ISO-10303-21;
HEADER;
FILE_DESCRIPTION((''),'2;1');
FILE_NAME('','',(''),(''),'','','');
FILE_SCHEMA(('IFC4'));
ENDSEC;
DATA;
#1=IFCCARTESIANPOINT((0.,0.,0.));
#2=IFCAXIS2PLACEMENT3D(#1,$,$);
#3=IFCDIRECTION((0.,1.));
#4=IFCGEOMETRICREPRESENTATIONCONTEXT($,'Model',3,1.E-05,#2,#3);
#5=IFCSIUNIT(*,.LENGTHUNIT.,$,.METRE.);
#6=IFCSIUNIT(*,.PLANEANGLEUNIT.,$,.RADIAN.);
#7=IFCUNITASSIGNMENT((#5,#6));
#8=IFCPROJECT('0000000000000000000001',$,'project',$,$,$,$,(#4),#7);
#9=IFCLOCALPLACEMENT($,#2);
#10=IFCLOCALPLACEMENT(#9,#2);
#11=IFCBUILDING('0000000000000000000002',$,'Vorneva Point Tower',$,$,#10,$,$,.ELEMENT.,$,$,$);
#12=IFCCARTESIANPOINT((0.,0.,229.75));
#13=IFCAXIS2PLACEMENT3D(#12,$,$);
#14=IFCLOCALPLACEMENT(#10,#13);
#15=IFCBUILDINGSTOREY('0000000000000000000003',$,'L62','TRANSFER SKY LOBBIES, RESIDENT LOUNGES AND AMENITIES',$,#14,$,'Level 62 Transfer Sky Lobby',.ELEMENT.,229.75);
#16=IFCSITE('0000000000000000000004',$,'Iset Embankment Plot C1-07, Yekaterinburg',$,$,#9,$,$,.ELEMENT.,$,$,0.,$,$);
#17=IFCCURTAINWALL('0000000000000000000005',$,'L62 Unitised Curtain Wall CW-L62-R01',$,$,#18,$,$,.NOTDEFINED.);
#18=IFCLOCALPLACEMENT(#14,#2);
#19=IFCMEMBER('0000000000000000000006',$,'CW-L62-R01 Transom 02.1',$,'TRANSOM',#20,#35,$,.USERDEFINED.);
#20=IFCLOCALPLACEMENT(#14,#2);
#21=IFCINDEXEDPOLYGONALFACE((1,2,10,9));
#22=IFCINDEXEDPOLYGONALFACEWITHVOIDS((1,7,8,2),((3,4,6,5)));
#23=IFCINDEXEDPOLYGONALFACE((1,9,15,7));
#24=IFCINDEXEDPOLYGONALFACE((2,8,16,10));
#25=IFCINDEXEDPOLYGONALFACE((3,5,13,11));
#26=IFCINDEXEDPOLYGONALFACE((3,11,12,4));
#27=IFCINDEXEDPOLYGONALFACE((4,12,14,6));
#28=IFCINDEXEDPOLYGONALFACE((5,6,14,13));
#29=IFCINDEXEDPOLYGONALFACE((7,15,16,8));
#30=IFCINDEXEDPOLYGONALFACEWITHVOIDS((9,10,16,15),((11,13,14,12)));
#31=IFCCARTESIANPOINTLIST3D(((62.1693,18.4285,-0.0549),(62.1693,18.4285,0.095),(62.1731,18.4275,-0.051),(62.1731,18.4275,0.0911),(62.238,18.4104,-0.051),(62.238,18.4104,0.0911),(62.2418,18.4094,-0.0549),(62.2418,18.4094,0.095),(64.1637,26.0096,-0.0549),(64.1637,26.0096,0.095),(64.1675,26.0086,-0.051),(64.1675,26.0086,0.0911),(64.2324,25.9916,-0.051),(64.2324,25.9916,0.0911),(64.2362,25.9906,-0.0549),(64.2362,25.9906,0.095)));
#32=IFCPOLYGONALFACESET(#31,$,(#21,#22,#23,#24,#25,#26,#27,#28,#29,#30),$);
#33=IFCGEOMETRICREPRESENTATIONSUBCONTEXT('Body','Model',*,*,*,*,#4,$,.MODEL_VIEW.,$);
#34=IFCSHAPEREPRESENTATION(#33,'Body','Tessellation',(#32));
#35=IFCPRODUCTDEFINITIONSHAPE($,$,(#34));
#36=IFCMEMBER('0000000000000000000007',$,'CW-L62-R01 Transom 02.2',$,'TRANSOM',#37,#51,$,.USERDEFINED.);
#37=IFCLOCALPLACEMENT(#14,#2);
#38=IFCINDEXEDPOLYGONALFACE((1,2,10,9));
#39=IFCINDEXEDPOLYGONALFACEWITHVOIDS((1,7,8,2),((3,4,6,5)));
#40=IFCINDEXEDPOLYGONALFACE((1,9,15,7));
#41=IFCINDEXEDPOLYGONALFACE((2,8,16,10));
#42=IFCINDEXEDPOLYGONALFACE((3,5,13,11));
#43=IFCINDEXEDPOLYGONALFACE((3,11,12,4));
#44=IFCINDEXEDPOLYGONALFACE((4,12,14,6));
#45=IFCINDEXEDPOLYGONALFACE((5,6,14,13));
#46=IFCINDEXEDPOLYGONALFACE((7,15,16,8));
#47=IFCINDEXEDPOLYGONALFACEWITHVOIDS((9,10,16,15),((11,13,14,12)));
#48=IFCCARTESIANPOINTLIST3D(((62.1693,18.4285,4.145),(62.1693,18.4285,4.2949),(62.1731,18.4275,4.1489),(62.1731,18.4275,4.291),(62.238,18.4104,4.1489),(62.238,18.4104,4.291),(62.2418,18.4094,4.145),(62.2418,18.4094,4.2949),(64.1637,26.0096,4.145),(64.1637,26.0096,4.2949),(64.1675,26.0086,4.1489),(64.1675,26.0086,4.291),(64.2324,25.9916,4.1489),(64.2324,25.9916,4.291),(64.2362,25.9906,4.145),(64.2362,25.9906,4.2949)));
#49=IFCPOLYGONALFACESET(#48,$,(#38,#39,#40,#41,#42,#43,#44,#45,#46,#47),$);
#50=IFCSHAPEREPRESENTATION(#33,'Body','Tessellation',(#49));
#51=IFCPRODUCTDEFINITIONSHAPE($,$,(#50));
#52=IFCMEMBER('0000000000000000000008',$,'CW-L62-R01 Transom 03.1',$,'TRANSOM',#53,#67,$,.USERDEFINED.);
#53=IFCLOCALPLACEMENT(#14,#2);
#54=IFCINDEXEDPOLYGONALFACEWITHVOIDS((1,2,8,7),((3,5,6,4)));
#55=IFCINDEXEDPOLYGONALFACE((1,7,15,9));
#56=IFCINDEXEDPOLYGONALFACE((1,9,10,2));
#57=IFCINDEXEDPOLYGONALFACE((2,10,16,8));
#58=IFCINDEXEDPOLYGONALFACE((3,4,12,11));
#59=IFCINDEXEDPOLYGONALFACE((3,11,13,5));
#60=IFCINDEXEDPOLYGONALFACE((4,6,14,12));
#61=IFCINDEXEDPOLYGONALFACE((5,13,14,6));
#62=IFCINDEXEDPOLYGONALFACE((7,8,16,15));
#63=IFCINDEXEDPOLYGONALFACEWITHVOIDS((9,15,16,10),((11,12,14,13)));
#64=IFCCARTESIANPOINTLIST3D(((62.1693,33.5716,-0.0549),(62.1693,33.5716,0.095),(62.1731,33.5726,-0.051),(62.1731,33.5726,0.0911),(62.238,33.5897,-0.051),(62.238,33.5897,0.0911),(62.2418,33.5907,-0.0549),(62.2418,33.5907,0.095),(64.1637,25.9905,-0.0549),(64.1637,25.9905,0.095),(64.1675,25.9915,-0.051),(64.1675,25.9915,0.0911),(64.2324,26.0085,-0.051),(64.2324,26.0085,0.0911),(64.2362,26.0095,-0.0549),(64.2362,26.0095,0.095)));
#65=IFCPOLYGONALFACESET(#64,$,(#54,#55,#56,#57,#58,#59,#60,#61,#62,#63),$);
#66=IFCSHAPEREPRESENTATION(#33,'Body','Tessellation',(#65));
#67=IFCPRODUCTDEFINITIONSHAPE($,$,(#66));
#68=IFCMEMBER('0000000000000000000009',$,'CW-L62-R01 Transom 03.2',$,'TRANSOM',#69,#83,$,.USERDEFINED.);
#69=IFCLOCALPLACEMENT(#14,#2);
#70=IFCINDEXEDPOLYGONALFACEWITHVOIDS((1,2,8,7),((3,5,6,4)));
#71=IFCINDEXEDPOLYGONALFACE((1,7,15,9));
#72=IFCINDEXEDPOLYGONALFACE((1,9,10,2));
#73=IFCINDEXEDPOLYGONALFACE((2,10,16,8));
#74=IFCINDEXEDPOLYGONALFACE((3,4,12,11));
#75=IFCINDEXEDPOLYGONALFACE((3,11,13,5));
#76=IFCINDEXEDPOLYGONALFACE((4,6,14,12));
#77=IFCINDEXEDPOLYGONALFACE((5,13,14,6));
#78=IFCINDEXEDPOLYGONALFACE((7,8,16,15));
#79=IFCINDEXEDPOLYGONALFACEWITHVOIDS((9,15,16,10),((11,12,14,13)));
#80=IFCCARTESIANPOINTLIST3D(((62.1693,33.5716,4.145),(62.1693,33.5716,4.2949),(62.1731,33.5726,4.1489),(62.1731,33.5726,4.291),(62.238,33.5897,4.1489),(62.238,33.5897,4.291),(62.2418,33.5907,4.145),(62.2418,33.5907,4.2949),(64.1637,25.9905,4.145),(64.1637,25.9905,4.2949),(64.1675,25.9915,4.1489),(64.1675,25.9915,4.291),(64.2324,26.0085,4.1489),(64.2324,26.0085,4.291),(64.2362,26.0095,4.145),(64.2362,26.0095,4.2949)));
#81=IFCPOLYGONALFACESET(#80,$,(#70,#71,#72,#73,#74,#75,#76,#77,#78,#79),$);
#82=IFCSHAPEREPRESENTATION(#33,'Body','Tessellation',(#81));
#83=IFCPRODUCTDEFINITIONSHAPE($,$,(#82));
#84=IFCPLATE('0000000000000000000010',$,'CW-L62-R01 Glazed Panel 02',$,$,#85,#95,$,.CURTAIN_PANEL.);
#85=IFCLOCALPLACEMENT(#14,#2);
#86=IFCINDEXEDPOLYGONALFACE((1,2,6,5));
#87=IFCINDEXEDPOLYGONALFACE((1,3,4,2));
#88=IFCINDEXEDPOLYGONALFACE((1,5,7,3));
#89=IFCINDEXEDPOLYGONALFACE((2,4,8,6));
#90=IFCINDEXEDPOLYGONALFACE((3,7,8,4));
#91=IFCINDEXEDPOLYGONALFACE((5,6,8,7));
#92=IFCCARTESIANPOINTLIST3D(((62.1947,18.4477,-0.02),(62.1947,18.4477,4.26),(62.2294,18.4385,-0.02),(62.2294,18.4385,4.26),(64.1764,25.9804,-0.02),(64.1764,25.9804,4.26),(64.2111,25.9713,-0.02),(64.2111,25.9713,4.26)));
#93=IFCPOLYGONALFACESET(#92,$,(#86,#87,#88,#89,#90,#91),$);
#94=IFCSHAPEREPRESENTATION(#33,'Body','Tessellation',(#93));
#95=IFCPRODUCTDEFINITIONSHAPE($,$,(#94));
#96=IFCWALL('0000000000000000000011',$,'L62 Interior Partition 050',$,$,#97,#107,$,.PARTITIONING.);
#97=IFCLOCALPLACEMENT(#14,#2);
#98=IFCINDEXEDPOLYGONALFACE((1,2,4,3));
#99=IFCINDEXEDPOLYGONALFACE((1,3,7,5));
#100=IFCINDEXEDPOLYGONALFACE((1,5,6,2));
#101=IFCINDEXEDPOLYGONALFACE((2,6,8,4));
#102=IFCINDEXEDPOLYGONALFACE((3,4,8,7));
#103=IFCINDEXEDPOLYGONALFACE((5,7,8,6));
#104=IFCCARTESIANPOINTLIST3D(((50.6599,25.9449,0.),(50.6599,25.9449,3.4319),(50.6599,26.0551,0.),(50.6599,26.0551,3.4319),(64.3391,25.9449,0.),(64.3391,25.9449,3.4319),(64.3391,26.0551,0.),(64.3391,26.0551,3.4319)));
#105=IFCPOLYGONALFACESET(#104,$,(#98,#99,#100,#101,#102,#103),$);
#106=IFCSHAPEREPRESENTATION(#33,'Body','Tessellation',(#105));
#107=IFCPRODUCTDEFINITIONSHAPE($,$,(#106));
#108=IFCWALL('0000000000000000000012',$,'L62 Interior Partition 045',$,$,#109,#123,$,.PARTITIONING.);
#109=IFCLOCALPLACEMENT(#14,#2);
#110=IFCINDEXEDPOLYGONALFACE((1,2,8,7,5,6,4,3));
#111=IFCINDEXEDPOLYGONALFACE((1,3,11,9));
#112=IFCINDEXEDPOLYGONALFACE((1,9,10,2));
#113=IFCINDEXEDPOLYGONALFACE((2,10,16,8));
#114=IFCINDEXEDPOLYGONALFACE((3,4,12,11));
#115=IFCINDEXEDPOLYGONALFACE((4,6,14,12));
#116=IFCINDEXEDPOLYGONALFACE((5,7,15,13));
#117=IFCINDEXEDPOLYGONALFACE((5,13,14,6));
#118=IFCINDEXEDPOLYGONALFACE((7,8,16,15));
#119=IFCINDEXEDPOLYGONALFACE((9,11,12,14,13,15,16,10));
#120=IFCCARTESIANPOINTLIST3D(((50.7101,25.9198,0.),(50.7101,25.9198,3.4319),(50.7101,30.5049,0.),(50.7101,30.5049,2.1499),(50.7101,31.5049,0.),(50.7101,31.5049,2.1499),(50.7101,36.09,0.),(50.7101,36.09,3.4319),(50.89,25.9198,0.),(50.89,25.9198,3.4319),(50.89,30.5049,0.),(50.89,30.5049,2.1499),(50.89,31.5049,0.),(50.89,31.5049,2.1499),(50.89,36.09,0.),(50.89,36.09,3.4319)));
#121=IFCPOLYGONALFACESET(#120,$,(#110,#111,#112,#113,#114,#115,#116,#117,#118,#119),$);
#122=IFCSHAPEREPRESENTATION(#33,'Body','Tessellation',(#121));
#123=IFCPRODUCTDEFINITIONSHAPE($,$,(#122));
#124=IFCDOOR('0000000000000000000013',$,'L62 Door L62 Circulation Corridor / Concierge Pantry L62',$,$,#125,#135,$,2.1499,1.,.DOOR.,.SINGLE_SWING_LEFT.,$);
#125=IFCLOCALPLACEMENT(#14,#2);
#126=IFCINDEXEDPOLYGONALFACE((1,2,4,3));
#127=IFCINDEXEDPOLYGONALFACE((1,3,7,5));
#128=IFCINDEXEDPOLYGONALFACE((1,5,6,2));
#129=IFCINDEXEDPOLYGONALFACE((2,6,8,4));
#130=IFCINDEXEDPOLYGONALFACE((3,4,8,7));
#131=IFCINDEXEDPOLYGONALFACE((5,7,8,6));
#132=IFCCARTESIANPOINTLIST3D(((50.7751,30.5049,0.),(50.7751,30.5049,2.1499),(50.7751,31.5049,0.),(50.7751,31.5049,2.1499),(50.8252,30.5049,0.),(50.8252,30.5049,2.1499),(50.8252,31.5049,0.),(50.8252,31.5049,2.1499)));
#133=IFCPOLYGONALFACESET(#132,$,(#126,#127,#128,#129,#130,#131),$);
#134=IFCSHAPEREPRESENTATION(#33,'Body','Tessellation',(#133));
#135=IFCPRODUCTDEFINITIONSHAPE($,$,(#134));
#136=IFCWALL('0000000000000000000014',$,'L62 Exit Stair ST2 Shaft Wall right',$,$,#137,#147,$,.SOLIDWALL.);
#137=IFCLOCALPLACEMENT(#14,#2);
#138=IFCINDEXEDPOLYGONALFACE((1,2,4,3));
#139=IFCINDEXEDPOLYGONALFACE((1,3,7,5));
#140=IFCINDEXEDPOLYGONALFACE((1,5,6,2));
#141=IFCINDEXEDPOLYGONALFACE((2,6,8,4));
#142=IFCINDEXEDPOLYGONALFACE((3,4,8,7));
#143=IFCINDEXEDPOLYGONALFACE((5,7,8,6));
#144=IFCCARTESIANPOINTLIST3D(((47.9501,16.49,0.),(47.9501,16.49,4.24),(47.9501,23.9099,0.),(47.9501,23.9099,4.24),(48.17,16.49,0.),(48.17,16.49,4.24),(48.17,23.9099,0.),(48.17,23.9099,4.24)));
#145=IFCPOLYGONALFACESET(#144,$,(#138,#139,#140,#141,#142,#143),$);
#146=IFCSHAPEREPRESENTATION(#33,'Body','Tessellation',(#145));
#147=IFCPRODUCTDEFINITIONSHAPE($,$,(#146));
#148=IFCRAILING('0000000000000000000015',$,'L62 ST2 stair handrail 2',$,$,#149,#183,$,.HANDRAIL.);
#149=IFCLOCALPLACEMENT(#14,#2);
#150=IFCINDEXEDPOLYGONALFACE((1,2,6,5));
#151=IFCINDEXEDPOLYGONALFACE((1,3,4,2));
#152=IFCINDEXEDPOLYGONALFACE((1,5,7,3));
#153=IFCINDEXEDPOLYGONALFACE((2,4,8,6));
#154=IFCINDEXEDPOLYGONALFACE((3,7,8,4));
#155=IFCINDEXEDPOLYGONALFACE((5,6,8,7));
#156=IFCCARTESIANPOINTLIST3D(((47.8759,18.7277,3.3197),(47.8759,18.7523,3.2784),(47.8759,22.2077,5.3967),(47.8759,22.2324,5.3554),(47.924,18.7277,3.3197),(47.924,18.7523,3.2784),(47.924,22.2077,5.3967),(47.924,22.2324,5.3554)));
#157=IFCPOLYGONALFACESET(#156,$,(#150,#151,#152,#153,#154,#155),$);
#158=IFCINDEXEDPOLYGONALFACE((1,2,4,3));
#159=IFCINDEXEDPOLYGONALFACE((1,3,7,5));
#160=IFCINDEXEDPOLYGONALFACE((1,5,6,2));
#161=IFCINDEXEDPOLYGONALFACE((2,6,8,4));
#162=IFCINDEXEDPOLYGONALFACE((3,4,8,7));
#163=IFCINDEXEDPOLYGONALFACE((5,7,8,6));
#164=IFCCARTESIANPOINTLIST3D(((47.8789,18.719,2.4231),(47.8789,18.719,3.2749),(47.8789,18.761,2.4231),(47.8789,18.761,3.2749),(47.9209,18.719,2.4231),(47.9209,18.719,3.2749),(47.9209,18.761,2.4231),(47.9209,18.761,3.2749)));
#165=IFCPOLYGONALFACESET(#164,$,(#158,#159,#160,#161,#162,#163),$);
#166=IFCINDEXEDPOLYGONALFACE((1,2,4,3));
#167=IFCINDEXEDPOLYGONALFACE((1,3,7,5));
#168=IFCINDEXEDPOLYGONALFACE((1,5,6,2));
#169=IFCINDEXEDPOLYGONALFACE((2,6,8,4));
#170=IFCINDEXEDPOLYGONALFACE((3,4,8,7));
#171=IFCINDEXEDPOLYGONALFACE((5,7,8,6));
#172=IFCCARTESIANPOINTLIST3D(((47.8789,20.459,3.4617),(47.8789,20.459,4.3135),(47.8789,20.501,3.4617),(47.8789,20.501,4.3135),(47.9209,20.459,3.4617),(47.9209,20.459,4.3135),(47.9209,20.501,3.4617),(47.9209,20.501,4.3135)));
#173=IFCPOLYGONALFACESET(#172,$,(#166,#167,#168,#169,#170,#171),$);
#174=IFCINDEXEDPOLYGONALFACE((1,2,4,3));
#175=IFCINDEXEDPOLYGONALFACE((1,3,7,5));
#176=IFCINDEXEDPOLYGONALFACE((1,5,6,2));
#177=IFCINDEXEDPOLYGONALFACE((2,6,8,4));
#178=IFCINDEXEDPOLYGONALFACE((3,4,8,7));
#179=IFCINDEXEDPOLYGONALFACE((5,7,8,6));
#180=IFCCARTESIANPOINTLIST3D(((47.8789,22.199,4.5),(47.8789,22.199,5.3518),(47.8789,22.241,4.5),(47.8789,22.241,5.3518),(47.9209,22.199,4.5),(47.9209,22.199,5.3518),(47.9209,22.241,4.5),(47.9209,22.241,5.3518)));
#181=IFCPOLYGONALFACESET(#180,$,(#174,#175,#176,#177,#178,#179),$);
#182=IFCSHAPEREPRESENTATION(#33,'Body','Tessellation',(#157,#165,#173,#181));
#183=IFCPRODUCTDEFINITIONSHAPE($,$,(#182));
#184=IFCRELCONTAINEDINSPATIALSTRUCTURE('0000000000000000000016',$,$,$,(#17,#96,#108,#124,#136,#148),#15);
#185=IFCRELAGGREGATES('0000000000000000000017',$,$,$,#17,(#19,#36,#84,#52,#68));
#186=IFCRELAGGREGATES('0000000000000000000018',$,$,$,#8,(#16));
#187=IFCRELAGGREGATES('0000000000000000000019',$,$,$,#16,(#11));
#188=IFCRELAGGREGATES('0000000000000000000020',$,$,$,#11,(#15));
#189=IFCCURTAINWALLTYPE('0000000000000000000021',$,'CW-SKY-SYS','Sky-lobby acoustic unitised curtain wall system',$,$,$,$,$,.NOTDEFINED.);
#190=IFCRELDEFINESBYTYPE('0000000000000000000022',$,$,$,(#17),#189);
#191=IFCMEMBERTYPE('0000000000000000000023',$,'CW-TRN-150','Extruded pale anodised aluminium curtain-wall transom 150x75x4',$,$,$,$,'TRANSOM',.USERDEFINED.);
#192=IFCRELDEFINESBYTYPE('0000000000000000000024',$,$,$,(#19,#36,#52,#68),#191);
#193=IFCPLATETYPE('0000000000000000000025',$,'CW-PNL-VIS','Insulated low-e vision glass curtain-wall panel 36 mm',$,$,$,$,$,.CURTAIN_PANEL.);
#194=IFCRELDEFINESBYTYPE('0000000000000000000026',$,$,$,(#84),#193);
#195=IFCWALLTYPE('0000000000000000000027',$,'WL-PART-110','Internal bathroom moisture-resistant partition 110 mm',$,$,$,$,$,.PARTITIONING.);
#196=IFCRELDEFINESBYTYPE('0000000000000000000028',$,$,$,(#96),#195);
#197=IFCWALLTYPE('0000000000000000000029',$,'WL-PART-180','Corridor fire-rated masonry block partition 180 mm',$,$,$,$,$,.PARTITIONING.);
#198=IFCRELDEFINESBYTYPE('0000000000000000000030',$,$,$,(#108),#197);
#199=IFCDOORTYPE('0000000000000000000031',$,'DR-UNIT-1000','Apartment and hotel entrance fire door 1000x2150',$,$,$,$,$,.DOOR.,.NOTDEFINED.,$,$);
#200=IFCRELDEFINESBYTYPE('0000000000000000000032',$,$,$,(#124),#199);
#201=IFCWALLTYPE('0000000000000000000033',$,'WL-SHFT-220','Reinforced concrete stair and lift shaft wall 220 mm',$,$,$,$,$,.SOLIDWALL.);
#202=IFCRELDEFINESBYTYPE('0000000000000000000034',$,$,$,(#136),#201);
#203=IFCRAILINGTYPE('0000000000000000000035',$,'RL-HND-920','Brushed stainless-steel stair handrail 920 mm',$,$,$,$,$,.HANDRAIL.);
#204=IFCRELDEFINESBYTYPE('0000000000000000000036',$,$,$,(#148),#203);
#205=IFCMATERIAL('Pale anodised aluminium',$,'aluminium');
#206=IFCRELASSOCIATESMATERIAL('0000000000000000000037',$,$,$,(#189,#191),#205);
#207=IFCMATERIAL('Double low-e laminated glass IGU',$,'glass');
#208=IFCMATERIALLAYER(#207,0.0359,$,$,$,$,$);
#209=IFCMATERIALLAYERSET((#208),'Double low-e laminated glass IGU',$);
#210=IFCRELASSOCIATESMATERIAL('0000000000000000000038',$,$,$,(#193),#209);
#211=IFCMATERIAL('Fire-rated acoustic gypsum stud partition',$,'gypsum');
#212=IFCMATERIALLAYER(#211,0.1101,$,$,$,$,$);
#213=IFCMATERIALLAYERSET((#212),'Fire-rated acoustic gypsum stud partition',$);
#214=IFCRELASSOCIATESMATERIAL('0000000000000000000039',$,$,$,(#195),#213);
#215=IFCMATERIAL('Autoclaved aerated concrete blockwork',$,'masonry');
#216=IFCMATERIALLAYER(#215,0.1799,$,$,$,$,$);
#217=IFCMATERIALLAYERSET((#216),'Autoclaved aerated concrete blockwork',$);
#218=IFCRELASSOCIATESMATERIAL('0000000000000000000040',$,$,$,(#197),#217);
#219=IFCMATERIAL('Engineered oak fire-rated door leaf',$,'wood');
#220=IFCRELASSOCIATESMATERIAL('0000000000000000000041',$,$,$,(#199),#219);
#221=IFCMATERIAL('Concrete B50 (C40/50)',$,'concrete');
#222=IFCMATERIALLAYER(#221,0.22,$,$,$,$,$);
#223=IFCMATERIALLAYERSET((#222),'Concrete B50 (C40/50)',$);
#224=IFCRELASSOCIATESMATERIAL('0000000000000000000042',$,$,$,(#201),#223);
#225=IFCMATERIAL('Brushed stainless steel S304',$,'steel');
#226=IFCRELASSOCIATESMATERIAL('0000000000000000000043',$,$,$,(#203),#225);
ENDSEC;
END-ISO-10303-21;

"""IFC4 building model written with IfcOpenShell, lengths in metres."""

from ifc_helpers import new_model, si_unit, direction, frame, frame_2d, origin, origin_2d, place, context, subcontext, project, spatial, rectangle, hollow_rectangle, extrude, material, layer, layer_set, material_profile, profile_set, type_object, element, fill, aggregate, save


model = new_model("IFC4")

# Units and contexts
model_context = context("Model", 3, precision=1e-05, world=origin(), true_north=direction((0.0, 1.0)))
body_context = subcontext(model_context, "Body", "Model", "MODEL_VIEW")
ifc_project = project(units=[si_unit("LENGTHUNIT", "METRE"), si_unit("PLANEANGLEUNIT", "RADIAN")], contexts=[model_context])

# Site, building, storey
site_placement = place(None, origin())
site = spatial("IfcSite", under=ifc_project, at=site_placement, Name="Iset Embankment Plot C1-07, Yekaterinburg", CompositionType="ELEMENT", RefElevation=0.0)
building_placement = place(site_placement, origin())
building = spatial("IfcBuilding", under=site, at=building_placement, Name="Vorneva Point Tower", CompositionType="ELEMENT")
storey_placement = place(building_placement, frame((0.0, 0.0, 229.75)))
storey = spatial("IfcBuildingStorey", under=building, at=storey_placement, Name="L62", Description="TRANSFER SKY LOBBIES, RESIDENT LOUNGES AND AMENITIES", LongName="Level 62 Transfer Sky Lobby", CompositionType="ELEMENT", Elevation=229.75)

# Shared definitions
ifc_material_1 = material(Name="Concrete B50 (C40/50)", Category="concrete")

# Curtain wall, members, plate
ifc_material_2 = material(Name="Pale anodised aluminium", Category="aluminium")
curtain_wall_type = type_object("IfcCurtainWallType", Name="CW-SKY-SYS", Description="Sky-lobby acoustic unitised curtain wall system", PredefinedType="NOTDEFINED", material=ifc_material_2)
curtain_wall_placement = place(storey_placement, origin())
curtain_wall = element("IfcCurtainWall", 1, at=curtain_wall_placement, inside=storey, type_object=curtain_wall_type, Name="L62 Unitised Curtain Wall CW-L62-R01", PredefinedType="NOTDEFINED")
ifc_material_profile_1 = material_profile(ifc_material_2, hollow_rectangle(XDim=0.075, YDim=0.1499, WallThickness=0.0039, at=origin_2d()), Name="AL-TRN 150x75x4")
ifc_profile_set_1 = profile_set([ifc_material_profile_1], Name="Pale anodised aluminium")
member_type_1 = type_object("IfcMemberType", Name="CW-TRN-150", Description="Extruded pale anodised aluminium curtain-wall transom 150x75x4", ElementType="TRANSOM", PredefinedType="USERDEFINED", material=ifc_profile_set_1)
member_1_placement = place(storey_placement, frame((62.2056, 18.4189, 0.02), z_axis=(0.254418, 0.967094, 0.0), x_axis=(-0.967094, 0.254418, 0.0)))
member_1 = element("IfcMember", 2, at=member_1_placement, type_object=member_type_1, Name="CW-L62-R01 Transom 02.1", ObjectType="TRANSOM", PredefinedType="USERDEFINED", context=body_context, shape_type="SweptSolid", body=[
    extrude(hollow_rectangle(XDim=0.075, YDim=0.1499, WallThickness=0.0039, at=origin_2d()), origin(), (0.0, 0.0, 1.0), 7.8391),
])
member_2_placement = place(storey_placement, frame((62.2056, 18.4189, 4.22), z_axis=(0.254418, 0.967094, 0.0), x_axis=(-0.967094, 0.254418, 0.0)))
member_2 = element("IfcMember", 3, at=member_2_placement, type_object=member_type_1, Name="CW-L62-R01 Transom 02.2", ObjectType="TRANSOM", PredefinedType="USERDEFINED", context=body_context, shape_type="SweptSolid", body=[
    extrude(hollow_rectangle(XDim=0.075, YDim=0.1499, WallThickness=0.0039, at=origin_2d()), origin(), (0.0, 0.0, 1.0), 7.8391),
])
member_3_placement = place(storey_placement, frame((64.2, 26.0, 0.02), z_axis=(-0.254418, 0.967094, 0.0), x_axis=(-0.967094, -0.254418, 0.0)))
member_3 = element("IfcMember", 4, at=member_3_placement, type_object=member_type_1, Name="CW-L62-R01 Transom 03.1", ObjectType="TRANSOM", PredefinedType="USERDEFINED", context=body_context, shape_type="SweptSolid", body=[
    extrude(hollow_rectangle(XDim=0.075, YDim=0.1499, WallThickness=0.0039, at=origin_2d()), origin(), (0.0, 0.0, 1.0), 7.8391),
])
member_4_placement = place(storey_placement, frame((64.2, 26.0, 4.22), z_axis=(-0.254418, 0.967094, 0.0), x_axis=(-0.967094, -0.254418, 0.0)))
member_4 = element("IfcMember", 5, at=member_4_placement, type_object=member_type_1, Name="CW-L62-R01 Transom 03.2", ObjectType="TRANSOM", PredefinedType="USERDEFINED", context=body_context, shape_type="SweptSolid", body=[
    extrude(hollow_rectangle(XDim=0.075, YDim=0.1499, WallThickness=0.0039, at=origin_2d()), origin(), (0.0, 0.0, 1.0), 7.8391),
])
ifc_material_3 = material(Name="Double low-e laminated glass IGU", Category="glass")
ifc_layer_1 = layer(ifc_material_3, 0.0359)
ifc_layer_set_1 = layer_set([ifc_layer_1], Name="Double low-e laminated glass IGU")
plate_type = type_object("IfcPlateType", Name="CW-PNL-VIS", Description="Insulated low-e vision glass curtain-wall panel 36 mm", PredefinedType="CURTAIN_PANEL", material=ifc_layer_set_1)
plate_placement = place(storey_placement, frame((63.2029, 22.2095, -0.02), z_axis=(0.0, 0.0, 1.0), x_axis=(0.254416, 0.967095, 0.0)))
plate = element("IfcPlate", 6, at=plate_placement, type_object=plate_type, Name="CW-L62-R01 Glazed Panel 02", PredefinedType="CURTAIN_PANEL", context=body_context, shape_type="SweptSolid", body=[
    extrude(rectangle(XDim=7.7891, YDim=0.0359, at=origin_2d()), origin(), (0.0, 0.0, 1.0), 4.28),
])
aggregate(curtain_wall, [member_1, member_2, plate, member_3, member_4])

# Wall
ifc_material_4 = material(Name="Fire-rated acoustic gypsum stud partition", Category="gypsum")
ifc_layer_2 = layer(ifc_material_4, 0.1101)
ifc_layer_set_2 = layer_set([ifc_layer_2], Name="Fire-rated acoustic gypsum stud partition")
wall_type_1 = type_object("IfcWallType", Name="WL-PART-110", Description="Internal bathroom moisture-resistant partition 110 mm", PredefinedType="PARTITIONING", material=ifc_layer_set_2)
wall_1_placement = place(storey_placement, frame((64.3391, 26.0, 0.0), z_axis=(0.0, 0.0, 1.0), x_axis=(-1.0, 0.0, 0.0)))
element("IfcWall", 7, at=wall_1_placement, inside=storey, type_object=wall_type_1, Name="L62 Interior Partition 050", PredefinedType="PARTITIONING", context=body_context, shape_type="SweptSolid", body=[
    extrude(rectangle(XDim=13.6792, YDim=0.1101, at=frame_2d((6.8396, 0.0))), origin(), (0.0, 0.0, 1.0), 3.4319),
])

# Wall, opening, door
ifc_material_5 = material(Name="Autoclaved aerated concrete blockwork", Category="masonry")
ifc_layer_3 = layer(ifc_material_5, 0.1799)
ifc_layer_set_3 = layer_set([ifc_layer_3], Name="Autoclaved aerated concrete blockwork")
wall_type_2 = type_object("IfcWallType", Name="WL-PART-180", Description="Corridor fire-rated masonry block partition 180 mm", PredefinedType="PARTITIONING", material=ifc_layer_set_3)
wall_2_placement = place(storey_placement, frame((50.8, 25.9199, 0.0), z_axis=(0.0, 0.0, 1.0), x_axis=(0.0, 1.0, 0.0)))
wall_2 = element("IfcWall", 8, at=wall_2_placement, inside=storey, type_object=wall_type_2, Name="L62 Interior Partition 045", PredefinedType="PARTITIONING", context=body_context, shape_type="SweptSolid", body=[
    extrude(rectangle(XDim=10.1702, YDim=0.1799, at=frame_2d((5.085, 0.0))), origin(), (0.0, 0.0, 1.0), 3.4319),
])
opening_1_placement = place(wall_2_placement, frame((4.585, 0.0, 0.0)))
opening_1 = element("IfcOpeningElement", 9, at=opening_1_placement, cuts=wall_2, PredefinedType="OPENING", context=body_context, shape_type="SweptSolid", body=[
    extrude(rectangle(XDim=1.0, YDim=2.1499, at=frame_2d((0.5, 1.075))), frame((0.0, 0.105, 0.0), z_axis=(0.0, -1.0, 0.0), x_axis=(1.0, 0.0, 0.0)), (0.0, 0.0, 1.0), 0.2097),
])
ifc_material_6 = material(Name="Engineered oak fire-rated door leaf", Category="wood")
door_type_1 = type_object("IfcDoorType", Name="DR-UNIT-1000", Description="Apartment and hotel entrance fire door 1000x2150", OperationType="NOTDEFINED", PredefinedType="DOOR", material=ifc_material_6)
door_1_placement = place(opening_1_placement, origin())
door_1 = element("IfcDoor", 10, at=door_1_placement, inside=storey, type_object=door_type_1, Name="L62 Door L62 Circulation Corridor / Concierge Pantry L62", OperationType="SINGLE_SWING_LEFT", OverallHeight=2.1499, OverallWidth=1.0, PredefinedType="DOOR", context=body_context, shape_type="SweptSolid", body=[
    extrude(rectangle(XDim=1.0, YDim=2.1499, at=frame_2d((0.5, 1.075))), frame((0.0, 0.0249, 0.0), z_axis=(0.0, -1.0, 0.0), x_axis=(1.0, 0.0, 0.0)), (0.0, 0.0, 1.0), 0.05),
])
fill(opening_1, door_1)

# Wall
ifc_layer_4 = layer(ifc_material_1, 0.22)
ifc_layer_set_4 = layer_set([ifc_layer_4], Name="Concrete B50 (C40/50)")
wall_type_3 = type_object("IfcWallType", Name="WL-SHFT-220", Description="Reinforced concrete stair and lift shaft wall 220 mm", PredefinedType="SOLIDWALL", material=ifc_layer_set_4)
wall_3_placement = place(storey_placement, frame((48.0601, 23.9099, 0.0), z_axis=(0.0, 0.0, 1.0), x_axis=(0.0, -1.0, 0.0)))
element("IfcWall", 11, at=wall_3_placement, inside=storey, type_object=wall_type_3, Name="L62 Exit Stair ST2 Shaft Wall right", PredefinedType="SOLIDWALL", context=body_context, shape_type="SweptSolid", body=[
    extrude(rectangle(XDim=7.4199, YDim=0.22, at=frame_2d((3.71, 0.0))), origin(), (0.0, 0.0, 1.0), 4.24),
])

# Railing
ifc_material_7 = material(Name="Brushed stainless steel S304", Category="steel")
railing_type = type_object("IfcRailingType", Name="RL-HND-920", Description="Brushed stainless-steel stair handrail 920 mm", PredefinedType="HANDRAIL", material=ifc_material_7)
railing_placement = place(storey_placement, frame((47.8999, 18.74, 2.4231)))
element("IfcRailing", 12, at=railing_placement, inside=storey, type_object=railing_type, Name="L62 ST2 stair handrail 2", PredefinedType="HANDRAIL", context=body_context, shape_type="SweptSolid", body=[
    extrude(rectangle(XDim=0.0481, YDim=0.0481, at=origin_2d()), frame((0.0, 0.0, 0.876), z_axis=(0.0, 0.858697, 0.512483), x_axis=(-1.0, 0.0, 0.0)), (0.0, 0.0, 1.0), 4.0527),
    extrude(rectangle(XDim=0.042, YDim=0.042, at=origin_2d()), origin(), (0.0, 0.0, 1.0), 0.8518),
    extrude(rectangle(XDim=0.042, YDim=0.042, at=origin_2d()), frame((0.0, 1.74, 1.0386)), (0.0, 0.0, 1.0), 0.8518),
    extrude(rectangle(XDim=0.042, YDim=0.042, at=origin_2d()), frame((0.0, 3.48, 2.0769)), (0.0, 0.0, 1.0), 0.8518),
])

save(model, "model.ifc")
